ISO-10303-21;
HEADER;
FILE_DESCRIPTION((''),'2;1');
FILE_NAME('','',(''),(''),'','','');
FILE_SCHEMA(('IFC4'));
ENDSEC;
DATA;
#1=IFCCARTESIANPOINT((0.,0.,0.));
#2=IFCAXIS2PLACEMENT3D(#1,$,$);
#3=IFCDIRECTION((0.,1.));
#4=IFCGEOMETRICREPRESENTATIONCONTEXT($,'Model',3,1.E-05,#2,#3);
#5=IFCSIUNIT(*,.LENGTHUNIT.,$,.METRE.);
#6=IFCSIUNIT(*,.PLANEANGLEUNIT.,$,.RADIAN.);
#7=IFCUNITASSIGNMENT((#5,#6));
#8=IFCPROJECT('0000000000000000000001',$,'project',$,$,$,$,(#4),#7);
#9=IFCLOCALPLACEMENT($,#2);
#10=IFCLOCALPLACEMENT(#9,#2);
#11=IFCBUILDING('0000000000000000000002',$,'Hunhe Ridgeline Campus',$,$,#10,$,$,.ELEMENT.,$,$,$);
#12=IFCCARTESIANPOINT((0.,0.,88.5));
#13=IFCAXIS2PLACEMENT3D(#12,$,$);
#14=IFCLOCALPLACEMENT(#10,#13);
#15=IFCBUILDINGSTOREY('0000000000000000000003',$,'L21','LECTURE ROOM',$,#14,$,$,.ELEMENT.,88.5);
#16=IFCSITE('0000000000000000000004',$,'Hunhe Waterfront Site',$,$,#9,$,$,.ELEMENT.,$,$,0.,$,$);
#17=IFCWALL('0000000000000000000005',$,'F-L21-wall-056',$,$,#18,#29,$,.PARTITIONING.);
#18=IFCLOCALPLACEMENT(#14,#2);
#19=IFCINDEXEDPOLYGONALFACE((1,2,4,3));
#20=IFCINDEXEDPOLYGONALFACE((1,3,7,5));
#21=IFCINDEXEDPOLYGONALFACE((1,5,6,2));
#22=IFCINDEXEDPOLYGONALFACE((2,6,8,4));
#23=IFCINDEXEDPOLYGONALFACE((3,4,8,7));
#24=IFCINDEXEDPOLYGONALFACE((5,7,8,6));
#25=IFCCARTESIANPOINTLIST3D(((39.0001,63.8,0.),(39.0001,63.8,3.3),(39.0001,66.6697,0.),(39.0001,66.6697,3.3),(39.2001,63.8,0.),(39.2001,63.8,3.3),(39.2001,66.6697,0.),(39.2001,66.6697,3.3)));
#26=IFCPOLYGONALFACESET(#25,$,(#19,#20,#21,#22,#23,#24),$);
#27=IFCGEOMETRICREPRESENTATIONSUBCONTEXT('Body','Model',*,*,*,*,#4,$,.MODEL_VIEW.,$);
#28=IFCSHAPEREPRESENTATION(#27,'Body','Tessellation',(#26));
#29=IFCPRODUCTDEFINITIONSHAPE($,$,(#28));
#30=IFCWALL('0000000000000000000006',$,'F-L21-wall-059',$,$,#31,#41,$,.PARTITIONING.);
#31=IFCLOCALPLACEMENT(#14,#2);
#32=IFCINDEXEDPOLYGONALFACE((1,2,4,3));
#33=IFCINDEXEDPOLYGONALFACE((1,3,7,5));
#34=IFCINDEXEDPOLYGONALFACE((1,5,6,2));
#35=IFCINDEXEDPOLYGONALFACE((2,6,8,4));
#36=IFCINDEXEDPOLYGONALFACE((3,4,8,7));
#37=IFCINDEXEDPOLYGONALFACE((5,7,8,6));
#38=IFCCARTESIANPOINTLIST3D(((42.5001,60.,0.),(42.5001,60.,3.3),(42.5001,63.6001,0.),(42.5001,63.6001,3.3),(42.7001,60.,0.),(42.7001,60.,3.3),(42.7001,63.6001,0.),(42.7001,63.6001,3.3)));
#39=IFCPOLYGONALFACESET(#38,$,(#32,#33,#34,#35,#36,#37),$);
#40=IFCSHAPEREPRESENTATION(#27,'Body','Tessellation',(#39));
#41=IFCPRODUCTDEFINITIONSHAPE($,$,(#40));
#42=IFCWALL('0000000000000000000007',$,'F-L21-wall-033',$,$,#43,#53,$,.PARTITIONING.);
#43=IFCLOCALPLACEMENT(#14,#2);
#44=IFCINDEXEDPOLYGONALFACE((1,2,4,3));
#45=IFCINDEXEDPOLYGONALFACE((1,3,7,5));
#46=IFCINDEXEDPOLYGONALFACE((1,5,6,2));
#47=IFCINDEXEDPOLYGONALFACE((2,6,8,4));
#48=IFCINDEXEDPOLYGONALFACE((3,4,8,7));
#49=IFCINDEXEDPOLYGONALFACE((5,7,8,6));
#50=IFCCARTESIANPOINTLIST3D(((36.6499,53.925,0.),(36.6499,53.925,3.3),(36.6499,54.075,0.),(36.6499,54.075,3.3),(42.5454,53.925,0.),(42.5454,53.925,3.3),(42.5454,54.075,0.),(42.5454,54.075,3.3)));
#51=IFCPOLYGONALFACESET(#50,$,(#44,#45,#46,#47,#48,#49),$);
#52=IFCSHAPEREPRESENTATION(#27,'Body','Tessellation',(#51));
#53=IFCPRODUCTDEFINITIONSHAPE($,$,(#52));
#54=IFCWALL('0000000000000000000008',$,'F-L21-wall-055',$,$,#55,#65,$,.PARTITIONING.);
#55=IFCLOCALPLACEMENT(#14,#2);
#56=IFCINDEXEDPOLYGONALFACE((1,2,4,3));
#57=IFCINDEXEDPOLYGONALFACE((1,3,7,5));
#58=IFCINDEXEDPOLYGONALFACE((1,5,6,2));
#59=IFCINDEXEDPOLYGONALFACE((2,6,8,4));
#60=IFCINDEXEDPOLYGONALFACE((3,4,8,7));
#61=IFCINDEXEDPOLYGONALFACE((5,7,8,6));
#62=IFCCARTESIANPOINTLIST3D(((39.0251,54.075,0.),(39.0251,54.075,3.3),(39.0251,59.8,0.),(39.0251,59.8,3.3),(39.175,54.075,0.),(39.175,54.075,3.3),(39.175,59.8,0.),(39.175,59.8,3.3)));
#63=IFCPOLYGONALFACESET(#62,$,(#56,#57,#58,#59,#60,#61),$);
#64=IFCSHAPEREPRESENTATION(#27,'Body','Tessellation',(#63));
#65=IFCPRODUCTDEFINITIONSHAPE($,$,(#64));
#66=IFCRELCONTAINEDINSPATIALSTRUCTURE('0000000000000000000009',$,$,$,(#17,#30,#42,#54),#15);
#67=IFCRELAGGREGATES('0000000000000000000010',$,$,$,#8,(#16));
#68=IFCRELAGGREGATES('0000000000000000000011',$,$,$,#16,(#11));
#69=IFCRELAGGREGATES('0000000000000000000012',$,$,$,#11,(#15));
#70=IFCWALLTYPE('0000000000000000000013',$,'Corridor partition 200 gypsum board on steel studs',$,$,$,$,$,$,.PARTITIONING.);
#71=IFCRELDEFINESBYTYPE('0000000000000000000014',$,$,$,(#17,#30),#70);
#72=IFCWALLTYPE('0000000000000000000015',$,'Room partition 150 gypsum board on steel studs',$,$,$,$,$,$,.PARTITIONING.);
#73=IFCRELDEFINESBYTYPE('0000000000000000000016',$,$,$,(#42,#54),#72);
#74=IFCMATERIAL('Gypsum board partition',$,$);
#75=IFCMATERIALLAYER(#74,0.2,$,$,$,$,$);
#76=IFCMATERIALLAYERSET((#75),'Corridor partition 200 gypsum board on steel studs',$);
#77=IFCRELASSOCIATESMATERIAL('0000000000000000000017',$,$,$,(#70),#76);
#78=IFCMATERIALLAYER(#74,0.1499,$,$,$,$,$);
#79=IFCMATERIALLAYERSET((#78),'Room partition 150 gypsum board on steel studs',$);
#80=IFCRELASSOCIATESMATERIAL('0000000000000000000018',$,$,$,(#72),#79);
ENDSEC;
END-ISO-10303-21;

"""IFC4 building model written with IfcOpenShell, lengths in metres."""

from ifc_helpers import new_model, si_unit, direction, frame, frame_2d, origin, place, context, subcontext, project, spatial, rectangle, extrude, material, layer, layer_set, type_object, element, save


model = new_model("IFC4")

# Units and contexts
model_context = context("Model", 3, precision=1e-05, world=origin(), true_north=direction((0.0, 1.0)))
body_context = subcontext(model_context, "Body", "Model", "MODEL_VIEW")
ifc_project = project(units=[si_unit("LENGTHUNIT", "METRE"), si_unit("PLANEANGLEUNIT", "RADIAN")], contexts=[model_context])

# Site, building, storey
site_placement = place(None, origin())
site = spatial("IfcSite", under=ifc_project, at=site_placement, Name="Hunhe Waterfront Site", CompositionType="ELEMENT", RefElevation=0.0)
building_placement = place(site_placement, origin())
building = spatial("IfcBuilding", under=site, at=building_placement, Name="Hunhe Ridgeline Campus", CompositionType="ELEMENT")
storey_placement = place(building_placement, frame((0.0, 0.0, 88.5)))
storey = spatial("IfcBuildingStorey", under=building, at=storey_placement, Name="L21", Description="LECTURE ROOM", CompositionType="ELEMENT", Elevation=88.5)

# Walls
ifc_material_1 = material(Name="Gypsum board partition")
ifc_layer_1 = layer(ifc_material_1, 0.2)
ifc_layer_set_1 = layer_set([ifc_layer_1], Name="Corridor partition 200 gypsum board on steel studs")
wall_type_1 = type_object("IfcWallType", Name="Corridor partition 200 gypsum board on steel studs", PredefinedType="PARTITIONING", material=ifc_layer_set_1)
wall_1_placement = place(storey_placement, frame((39.1001, 66.6697, 0.0), z_axis=(0.0, 0.0, 1.0), x_axis=(0.0, -1.0, 0.0)))
element("IfcWall", 1, at=wall_1_placement, inside=storey, type_object=wall_type_1, Name="F-L21-wall-056", PredefinedType="PARTITIONING", context=body_context, shape_type="SweptSolid", body=[
    extrude(rectangle(XDim=2.8696, YDim=0.2, at=frame_2d((1.4348, 0.0))), origin(), (0.0, 0.0, 1.0), 3.3),
])
wall_2_placement = place(storey_placement, frame((42.6001, 63.6001, 0.0), z_axis=(0.0, 0.0, 1.0), x_axis=(0.0, -1.0, 0.0)))
element("IfcWall", 2, at=wall_2_placement, inside=storey, type_object=wall_type_1, Name="F-L21-wall-059", PredefinedType="PARTITIONING", context=body_context, shape_type="SweptSolid", body=[
    extrude(rectangle(XDim=3.6001, YDim=0.2, at=frame_2d((1.8, 0.0))), origin(), (0.0, 0.0, 1.0), 3.3),
])
ifc_layer_2 = layer(ifc_material_1, 0.1499)
ifc_layer_set_2 = layer_set([ifc_layer_2], Name="Room partition 150 gypsum board on steel studs")
wall_type_2 = type_object("IfcWallType", Name="Room partition 150 gypsum board on steel studs", PredefinedType="PARTITIONING", material=ifc_layer_set_2)
wall_3_placement = place(storey_placement, frame((36.6499, 54.0, 0.0), z_axis=(0.0, 0.0, 1.0), x_axis=(1.0, 0.0, 0.0)))
element("IfcWall", 3, at=wall_3_placement, inside=storey, type_object=wall_type_2, Name="F-L21-wall-033", PredefinedType="PARTITIONING", context=body_context, shape_type="SweptSolid", body=[
    extrude(rectangle(XDim=5.8955, YDim=0.1499, at=frame_2d((2.9478, 0.0))), origin(), (0.0, 0.0, 1.0), 3.3),
])
wall_4_placement = place(storey_placement, frame((39.1001, 59.8, 0.0), z_axis=(0.0, 0.0, 1.0), x_axis=(0.0, -1.0, 0.0)))
element("IfcWall", 4, at=wall_4_placement, inside=storey, type_object=wall_type_2, Name="F-L21-wall-055", PredefinedType="PARTITIONING", context=body_context, shape_type="SweptSolid", body=[
    extrude(rectangle(XDim=5.7251, YDim=0.1499, at=frame_2d((2.8625, 0.0))), origin(), (0.0, 0.0, 1.0), 3.3),
])

save(model, "model.ifc")
